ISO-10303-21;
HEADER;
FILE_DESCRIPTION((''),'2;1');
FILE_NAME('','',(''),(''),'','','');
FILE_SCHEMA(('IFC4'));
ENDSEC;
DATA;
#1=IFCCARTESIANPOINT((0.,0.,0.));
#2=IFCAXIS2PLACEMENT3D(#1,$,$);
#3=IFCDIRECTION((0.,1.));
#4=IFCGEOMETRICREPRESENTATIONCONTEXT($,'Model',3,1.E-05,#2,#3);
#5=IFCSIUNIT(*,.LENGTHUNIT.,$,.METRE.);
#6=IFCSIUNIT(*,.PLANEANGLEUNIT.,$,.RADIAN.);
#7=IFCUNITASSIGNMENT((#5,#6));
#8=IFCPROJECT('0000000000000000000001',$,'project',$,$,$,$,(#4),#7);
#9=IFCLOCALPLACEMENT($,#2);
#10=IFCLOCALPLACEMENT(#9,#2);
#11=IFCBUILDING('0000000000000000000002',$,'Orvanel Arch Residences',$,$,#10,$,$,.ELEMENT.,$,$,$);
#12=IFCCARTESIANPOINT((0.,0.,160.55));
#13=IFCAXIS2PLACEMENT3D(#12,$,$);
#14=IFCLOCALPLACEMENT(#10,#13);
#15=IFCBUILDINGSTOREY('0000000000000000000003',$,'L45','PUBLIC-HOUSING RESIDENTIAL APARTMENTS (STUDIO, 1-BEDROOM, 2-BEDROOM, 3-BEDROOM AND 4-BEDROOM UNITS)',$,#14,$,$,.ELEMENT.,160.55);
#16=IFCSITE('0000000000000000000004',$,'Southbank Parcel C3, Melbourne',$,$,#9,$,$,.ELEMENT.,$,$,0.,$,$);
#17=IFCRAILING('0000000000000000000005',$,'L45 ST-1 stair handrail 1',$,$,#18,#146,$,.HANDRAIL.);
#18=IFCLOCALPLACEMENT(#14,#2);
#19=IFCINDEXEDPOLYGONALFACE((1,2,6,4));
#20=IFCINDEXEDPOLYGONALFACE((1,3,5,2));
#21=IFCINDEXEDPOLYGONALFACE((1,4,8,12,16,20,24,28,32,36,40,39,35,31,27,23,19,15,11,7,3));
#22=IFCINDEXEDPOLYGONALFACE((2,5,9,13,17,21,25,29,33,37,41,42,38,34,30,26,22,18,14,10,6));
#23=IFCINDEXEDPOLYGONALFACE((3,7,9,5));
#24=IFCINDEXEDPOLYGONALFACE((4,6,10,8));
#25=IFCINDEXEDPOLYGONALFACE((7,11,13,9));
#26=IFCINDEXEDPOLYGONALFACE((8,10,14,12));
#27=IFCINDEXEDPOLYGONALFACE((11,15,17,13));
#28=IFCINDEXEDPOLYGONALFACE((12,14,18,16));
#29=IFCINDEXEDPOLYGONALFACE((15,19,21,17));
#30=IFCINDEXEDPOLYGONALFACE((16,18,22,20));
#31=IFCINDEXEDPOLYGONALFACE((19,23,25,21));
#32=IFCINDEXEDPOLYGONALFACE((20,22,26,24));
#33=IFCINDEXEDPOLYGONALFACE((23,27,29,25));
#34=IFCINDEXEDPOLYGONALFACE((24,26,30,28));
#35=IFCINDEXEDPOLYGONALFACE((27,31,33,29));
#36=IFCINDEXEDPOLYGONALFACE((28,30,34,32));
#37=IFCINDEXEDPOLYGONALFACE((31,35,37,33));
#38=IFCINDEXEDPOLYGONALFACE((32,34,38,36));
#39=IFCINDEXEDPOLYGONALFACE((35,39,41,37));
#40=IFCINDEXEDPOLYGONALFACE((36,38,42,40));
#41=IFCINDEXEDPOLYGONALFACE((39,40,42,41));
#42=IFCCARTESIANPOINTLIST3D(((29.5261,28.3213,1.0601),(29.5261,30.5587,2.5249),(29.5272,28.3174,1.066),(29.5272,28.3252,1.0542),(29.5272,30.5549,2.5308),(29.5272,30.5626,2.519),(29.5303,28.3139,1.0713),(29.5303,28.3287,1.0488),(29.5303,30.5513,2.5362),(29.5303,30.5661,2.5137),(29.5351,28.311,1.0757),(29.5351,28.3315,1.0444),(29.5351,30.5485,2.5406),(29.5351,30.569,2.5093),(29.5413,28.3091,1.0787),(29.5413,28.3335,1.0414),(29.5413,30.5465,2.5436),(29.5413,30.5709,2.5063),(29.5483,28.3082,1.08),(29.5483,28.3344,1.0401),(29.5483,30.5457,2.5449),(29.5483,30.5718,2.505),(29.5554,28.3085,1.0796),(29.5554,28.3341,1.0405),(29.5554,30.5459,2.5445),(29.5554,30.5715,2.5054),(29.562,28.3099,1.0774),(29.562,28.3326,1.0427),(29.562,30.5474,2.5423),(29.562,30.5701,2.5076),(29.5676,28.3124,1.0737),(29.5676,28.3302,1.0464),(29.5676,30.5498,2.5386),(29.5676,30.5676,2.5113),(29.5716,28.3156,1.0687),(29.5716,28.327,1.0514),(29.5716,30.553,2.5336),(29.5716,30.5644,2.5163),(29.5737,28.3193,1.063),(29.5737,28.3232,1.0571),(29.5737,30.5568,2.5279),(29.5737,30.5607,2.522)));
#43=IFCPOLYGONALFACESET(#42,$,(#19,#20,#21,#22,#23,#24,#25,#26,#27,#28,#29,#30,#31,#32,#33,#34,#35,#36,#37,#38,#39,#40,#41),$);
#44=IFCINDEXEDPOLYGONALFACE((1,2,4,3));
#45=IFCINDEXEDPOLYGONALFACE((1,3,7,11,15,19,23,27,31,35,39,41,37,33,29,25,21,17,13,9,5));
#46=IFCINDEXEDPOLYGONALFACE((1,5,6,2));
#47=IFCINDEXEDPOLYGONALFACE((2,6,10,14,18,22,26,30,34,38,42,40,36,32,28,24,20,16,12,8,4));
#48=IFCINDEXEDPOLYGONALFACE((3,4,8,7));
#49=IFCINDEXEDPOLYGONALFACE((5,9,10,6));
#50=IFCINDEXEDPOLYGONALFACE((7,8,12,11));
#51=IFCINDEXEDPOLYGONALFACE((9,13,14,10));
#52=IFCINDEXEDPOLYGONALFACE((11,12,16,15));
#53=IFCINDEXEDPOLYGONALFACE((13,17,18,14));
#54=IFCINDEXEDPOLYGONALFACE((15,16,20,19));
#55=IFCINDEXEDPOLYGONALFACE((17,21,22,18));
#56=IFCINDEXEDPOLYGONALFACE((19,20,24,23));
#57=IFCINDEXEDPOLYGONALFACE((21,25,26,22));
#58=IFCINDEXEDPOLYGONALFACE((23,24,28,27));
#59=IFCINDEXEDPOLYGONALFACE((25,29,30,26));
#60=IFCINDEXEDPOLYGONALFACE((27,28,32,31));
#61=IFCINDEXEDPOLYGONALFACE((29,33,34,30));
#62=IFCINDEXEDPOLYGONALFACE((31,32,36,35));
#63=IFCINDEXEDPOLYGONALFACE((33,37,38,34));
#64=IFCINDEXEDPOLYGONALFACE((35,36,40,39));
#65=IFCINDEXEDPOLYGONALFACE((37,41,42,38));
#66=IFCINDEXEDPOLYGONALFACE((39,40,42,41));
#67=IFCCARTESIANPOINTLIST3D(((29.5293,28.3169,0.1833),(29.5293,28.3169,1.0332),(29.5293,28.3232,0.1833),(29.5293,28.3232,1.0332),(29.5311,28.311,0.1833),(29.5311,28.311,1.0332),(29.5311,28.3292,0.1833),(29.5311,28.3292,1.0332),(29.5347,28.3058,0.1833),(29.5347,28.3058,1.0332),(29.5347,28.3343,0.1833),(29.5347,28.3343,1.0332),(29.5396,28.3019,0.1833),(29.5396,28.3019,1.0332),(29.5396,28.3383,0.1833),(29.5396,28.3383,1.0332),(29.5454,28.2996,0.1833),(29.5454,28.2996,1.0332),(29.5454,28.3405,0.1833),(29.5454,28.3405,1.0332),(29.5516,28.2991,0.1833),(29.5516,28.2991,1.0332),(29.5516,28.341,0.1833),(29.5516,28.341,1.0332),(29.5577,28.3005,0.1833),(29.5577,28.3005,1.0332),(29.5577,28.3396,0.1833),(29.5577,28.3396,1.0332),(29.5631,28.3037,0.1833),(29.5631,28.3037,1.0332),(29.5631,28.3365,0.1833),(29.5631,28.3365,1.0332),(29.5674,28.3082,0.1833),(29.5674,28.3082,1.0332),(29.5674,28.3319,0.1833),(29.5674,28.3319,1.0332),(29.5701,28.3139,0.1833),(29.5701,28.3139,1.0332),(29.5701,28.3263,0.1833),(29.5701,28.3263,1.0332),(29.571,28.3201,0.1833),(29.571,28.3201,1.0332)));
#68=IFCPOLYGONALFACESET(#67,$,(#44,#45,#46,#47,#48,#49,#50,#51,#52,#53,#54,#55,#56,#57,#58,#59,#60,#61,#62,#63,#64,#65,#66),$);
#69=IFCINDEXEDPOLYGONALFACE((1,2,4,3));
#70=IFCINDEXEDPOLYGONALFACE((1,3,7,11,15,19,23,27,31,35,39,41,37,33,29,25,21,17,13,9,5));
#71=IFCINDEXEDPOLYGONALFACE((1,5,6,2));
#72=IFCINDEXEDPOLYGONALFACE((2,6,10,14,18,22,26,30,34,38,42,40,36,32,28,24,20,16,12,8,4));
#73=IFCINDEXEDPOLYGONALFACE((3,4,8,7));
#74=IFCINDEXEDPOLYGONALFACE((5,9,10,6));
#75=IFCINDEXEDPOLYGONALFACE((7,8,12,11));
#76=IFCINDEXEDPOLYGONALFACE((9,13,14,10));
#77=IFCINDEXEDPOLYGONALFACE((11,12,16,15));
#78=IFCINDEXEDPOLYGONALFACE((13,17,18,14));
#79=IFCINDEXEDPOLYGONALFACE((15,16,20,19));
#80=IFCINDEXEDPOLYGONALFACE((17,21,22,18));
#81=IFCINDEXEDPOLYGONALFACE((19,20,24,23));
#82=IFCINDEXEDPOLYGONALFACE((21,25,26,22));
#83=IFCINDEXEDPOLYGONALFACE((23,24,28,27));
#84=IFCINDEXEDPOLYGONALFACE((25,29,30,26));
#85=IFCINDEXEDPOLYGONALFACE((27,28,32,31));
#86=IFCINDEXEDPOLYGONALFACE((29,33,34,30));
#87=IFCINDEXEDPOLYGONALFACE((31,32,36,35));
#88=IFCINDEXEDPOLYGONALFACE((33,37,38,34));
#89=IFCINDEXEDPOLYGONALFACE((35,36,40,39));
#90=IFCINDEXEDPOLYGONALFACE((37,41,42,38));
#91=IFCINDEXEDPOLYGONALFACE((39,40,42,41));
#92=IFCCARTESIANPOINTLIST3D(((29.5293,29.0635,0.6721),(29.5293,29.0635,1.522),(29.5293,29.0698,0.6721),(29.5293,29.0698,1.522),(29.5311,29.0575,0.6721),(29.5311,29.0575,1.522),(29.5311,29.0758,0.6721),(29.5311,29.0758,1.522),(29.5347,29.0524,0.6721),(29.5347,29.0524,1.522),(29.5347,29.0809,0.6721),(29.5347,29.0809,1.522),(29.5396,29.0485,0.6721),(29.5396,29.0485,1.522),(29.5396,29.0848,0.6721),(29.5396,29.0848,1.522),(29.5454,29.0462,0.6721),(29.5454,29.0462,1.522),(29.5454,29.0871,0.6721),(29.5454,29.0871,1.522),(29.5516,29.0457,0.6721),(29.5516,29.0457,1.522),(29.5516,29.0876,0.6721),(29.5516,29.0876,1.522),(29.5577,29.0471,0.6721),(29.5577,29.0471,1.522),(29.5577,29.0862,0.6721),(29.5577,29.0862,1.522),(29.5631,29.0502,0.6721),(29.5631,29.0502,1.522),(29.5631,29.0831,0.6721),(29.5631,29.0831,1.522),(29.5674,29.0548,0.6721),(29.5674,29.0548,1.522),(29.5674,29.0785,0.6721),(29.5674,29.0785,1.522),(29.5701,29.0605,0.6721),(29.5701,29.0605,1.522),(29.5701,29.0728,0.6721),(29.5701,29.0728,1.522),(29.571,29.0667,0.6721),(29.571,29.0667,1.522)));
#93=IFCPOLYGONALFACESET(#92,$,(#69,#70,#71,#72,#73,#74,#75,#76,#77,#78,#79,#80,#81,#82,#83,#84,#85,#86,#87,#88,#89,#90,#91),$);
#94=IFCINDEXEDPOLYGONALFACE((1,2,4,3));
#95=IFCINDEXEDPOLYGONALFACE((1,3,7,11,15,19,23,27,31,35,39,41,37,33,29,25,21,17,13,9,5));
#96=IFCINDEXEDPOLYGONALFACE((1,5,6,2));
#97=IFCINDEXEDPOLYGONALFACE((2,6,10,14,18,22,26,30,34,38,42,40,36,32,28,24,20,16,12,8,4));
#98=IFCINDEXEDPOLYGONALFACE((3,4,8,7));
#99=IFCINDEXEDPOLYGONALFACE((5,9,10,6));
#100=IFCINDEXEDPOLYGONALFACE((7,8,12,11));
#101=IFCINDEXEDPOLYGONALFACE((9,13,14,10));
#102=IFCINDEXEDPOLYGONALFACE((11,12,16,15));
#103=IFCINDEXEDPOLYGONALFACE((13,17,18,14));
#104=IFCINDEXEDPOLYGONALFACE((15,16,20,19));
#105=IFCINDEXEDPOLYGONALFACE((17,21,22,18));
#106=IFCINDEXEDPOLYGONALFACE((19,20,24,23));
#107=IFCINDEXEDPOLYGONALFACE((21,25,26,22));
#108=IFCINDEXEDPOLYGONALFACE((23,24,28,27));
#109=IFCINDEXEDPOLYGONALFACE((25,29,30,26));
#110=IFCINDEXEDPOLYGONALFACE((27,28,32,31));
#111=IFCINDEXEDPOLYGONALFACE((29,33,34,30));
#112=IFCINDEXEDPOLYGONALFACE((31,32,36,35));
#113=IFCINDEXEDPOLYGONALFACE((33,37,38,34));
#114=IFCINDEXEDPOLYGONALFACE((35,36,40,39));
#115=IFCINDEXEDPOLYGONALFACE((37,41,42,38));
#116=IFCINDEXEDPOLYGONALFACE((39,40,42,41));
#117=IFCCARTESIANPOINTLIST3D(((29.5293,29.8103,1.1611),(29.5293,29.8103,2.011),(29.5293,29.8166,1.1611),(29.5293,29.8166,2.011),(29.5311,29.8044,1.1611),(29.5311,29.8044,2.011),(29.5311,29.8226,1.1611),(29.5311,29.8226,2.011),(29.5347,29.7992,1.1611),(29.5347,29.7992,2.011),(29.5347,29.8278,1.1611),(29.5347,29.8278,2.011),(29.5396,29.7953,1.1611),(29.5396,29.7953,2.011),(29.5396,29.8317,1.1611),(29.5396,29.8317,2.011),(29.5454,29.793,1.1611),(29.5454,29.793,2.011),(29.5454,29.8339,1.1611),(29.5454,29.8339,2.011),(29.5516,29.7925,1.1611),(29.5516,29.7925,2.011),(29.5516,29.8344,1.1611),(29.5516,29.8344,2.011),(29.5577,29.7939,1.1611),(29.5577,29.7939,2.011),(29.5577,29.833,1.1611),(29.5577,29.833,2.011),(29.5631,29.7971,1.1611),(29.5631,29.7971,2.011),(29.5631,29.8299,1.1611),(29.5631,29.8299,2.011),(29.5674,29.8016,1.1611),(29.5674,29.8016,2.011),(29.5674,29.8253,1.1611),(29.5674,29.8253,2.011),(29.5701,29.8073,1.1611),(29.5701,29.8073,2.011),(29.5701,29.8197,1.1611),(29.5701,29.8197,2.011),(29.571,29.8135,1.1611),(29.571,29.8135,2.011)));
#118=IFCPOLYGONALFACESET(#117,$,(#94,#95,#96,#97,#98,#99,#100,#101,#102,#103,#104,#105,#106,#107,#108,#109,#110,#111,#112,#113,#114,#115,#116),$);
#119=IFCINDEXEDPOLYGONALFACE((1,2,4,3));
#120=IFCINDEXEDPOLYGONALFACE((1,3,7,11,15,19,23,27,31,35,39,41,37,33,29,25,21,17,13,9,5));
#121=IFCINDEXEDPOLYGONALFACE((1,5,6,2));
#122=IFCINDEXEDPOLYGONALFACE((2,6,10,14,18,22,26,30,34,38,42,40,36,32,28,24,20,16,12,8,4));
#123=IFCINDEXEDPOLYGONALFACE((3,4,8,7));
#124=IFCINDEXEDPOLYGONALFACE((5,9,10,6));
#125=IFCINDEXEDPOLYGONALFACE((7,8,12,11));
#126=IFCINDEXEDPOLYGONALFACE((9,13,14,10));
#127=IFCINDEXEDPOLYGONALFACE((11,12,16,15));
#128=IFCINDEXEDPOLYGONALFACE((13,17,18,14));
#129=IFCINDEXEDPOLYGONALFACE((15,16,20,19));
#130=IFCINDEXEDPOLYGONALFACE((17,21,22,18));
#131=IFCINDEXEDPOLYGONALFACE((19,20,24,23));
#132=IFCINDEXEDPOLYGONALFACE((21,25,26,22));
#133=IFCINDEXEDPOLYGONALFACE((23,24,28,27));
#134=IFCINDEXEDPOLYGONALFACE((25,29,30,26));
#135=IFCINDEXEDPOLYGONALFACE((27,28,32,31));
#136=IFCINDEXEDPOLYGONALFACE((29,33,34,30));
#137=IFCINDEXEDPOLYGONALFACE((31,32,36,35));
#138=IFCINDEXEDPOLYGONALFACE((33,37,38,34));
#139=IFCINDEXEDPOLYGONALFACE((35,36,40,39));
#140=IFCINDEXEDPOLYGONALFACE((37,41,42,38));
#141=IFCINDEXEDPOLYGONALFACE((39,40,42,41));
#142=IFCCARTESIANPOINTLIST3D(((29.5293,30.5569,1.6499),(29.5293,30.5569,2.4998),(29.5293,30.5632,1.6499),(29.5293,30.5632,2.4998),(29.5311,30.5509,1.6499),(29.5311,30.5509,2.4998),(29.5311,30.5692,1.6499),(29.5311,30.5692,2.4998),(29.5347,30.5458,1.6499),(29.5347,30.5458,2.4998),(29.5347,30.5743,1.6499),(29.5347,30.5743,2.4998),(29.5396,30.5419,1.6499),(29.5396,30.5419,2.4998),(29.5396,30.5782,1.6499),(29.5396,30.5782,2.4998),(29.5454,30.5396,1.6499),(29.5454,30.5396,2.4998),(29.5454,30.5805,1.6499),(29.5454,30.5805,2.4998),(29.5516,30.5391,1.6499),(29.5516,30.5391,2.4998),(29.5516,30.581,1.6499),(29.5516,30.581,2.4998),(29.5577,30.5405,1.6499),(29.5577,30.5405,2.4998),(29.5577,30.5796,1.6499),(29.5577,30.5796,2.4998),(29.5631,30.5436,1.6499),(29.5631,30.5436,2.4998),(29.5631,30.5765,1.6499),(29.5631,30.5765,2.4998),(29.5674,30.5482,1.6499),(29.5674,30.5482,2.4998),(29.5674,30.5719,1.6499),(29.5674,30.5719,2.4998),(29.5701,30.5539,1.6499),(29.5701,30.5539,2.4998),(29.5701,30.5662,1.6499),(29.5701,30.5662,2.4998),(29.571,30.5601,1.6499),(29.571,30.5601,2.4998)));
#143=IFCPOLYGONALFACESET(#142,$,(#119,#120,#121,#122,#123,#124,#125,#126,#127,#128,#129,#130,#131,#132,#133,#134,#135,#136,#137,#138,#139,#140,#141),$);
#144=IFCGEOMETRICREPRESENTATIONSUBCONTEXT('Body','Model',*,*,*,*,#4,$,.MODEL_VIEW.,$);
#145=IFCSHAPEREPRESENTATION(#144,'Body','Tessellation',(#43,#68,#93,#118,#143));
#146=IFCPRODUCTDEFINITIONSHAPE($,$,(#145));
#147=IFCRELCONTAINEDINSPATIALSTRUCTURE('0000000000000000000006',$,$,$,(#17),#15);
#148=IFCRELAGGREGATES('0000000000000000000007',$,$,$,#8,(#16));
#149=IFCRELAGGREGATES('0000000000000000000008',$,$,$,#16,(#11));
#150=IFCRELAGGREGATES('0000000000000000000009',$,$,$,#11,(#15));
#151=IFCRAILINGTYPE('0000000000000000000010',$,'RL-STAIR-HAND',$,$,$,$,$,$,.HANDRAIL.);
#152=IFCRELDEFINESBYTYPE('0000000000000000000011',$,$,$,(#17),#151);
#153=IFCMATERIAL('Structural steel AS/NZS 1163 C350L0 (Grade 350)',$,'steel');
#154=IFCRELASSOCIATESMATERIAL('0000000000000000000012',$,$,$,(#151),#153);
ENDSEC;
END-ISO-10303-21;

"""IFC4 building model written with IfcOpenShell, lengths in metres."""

from ifc_helpers import new_model, si_unit, direction, frame, origin, origin_2d, place, context, subcontext, project, spatial, circle, extrude, material, type_object, element, save


model = new_model("IFC4")

# Units and contexts
model_context = context("Model", 3, precision=1e-05, world=origin(), true_north=direction((0.0, 1.0)))
body_context = subcontext(model_context, "Body", "Model", "MODEL_VIEW")
ifc_project = project(units=[si_unit("LENGTHUNIT", "METRE"), si_unit("PLANEANGLEUNIT", "RADIAN")], contexts=[model_context])

# Site, building, storey
site_placement = place(None, origin())
site = spatial("IfcSite", under=ifc_project, at=site_placement, Name="Southbank Parcel C3, Melbourne", CompositionType="ELEMENT", RefElevation=0.0)
building_placement = place(site_placement, origin())
building = spatial("IfcBuilding", under=site, at=building_placement, Name="Orvanel Arch Residences", CompositionType="ELEMENT")
storey_placement = place(building_placement, frame((0.0, 0.0, 160.55)))
storey = spatial("IfcBuildingStorey", under=building, at=storey_placement, Name="L45", Description="PUBLIC-HOUSING RESIDENTIAL APARTMENTS (STUDIO, 1-BEDROOM, 2-BEDROOM, 3-BEDROOM AND 4-BEDROOM UNITS)", CompositionType="ELEMENT", Elevation=160.55)

# Railing
ifc_material_1 = material(Name="Structural steel AS/NZS 1163 C350L0 (Grade 350)", Category="steel")
railing_type_1 = type_object("IfcRailingType", Name="RL-STAIR-HAND", PredefinedType="HANDRAIL", material=ifc_material_1)
railing_1_placement = place(storey_placement, frame((29.55, 28.3201, 0.1833)))
element("IfcRailing", 1, at=railing_1_placement, inside=storey, type_object=railing_type_1, Name="L45 ST-1 stair handrail 1", PredefinedType="HANDRAIL", context=body_context, shape_type="SweptSolid", body=[
    extrude(circle(Radius=0.0239, at=origin_2d()), frame((0.0, 0.0012, 0.8767), z_axis=(0.0, 0.836637, 0.547758), x_axis=(-1.0, 0.0, 0.0)), (0.0, 0.0, 1.0), 2.6743),
    extrude(circle(Radius=0.021, at=origin_2d()), origin(), (0.0, 0.0, 1.0), 0.8499),
    extrude(circle(Radius=0.021, at=origin_2d()), frame((0.0, 0.7466, 0.4888)), (0.0, 0.0, 1.0), 0.8499),
    extrude(circle(Radius=0.021, at=origin_2d()), frame((0.0, 1.4934, 0.9778)), (0.0, 0.0, 1.0), 0.8499),
    extrude(circle(Radius=0.021, at=origin_2d()), frame((0.0, 2.24, 1.4666)), (0.0, 0.0, 1.0), 0.8499),
])

save(model, "model.ifc")
